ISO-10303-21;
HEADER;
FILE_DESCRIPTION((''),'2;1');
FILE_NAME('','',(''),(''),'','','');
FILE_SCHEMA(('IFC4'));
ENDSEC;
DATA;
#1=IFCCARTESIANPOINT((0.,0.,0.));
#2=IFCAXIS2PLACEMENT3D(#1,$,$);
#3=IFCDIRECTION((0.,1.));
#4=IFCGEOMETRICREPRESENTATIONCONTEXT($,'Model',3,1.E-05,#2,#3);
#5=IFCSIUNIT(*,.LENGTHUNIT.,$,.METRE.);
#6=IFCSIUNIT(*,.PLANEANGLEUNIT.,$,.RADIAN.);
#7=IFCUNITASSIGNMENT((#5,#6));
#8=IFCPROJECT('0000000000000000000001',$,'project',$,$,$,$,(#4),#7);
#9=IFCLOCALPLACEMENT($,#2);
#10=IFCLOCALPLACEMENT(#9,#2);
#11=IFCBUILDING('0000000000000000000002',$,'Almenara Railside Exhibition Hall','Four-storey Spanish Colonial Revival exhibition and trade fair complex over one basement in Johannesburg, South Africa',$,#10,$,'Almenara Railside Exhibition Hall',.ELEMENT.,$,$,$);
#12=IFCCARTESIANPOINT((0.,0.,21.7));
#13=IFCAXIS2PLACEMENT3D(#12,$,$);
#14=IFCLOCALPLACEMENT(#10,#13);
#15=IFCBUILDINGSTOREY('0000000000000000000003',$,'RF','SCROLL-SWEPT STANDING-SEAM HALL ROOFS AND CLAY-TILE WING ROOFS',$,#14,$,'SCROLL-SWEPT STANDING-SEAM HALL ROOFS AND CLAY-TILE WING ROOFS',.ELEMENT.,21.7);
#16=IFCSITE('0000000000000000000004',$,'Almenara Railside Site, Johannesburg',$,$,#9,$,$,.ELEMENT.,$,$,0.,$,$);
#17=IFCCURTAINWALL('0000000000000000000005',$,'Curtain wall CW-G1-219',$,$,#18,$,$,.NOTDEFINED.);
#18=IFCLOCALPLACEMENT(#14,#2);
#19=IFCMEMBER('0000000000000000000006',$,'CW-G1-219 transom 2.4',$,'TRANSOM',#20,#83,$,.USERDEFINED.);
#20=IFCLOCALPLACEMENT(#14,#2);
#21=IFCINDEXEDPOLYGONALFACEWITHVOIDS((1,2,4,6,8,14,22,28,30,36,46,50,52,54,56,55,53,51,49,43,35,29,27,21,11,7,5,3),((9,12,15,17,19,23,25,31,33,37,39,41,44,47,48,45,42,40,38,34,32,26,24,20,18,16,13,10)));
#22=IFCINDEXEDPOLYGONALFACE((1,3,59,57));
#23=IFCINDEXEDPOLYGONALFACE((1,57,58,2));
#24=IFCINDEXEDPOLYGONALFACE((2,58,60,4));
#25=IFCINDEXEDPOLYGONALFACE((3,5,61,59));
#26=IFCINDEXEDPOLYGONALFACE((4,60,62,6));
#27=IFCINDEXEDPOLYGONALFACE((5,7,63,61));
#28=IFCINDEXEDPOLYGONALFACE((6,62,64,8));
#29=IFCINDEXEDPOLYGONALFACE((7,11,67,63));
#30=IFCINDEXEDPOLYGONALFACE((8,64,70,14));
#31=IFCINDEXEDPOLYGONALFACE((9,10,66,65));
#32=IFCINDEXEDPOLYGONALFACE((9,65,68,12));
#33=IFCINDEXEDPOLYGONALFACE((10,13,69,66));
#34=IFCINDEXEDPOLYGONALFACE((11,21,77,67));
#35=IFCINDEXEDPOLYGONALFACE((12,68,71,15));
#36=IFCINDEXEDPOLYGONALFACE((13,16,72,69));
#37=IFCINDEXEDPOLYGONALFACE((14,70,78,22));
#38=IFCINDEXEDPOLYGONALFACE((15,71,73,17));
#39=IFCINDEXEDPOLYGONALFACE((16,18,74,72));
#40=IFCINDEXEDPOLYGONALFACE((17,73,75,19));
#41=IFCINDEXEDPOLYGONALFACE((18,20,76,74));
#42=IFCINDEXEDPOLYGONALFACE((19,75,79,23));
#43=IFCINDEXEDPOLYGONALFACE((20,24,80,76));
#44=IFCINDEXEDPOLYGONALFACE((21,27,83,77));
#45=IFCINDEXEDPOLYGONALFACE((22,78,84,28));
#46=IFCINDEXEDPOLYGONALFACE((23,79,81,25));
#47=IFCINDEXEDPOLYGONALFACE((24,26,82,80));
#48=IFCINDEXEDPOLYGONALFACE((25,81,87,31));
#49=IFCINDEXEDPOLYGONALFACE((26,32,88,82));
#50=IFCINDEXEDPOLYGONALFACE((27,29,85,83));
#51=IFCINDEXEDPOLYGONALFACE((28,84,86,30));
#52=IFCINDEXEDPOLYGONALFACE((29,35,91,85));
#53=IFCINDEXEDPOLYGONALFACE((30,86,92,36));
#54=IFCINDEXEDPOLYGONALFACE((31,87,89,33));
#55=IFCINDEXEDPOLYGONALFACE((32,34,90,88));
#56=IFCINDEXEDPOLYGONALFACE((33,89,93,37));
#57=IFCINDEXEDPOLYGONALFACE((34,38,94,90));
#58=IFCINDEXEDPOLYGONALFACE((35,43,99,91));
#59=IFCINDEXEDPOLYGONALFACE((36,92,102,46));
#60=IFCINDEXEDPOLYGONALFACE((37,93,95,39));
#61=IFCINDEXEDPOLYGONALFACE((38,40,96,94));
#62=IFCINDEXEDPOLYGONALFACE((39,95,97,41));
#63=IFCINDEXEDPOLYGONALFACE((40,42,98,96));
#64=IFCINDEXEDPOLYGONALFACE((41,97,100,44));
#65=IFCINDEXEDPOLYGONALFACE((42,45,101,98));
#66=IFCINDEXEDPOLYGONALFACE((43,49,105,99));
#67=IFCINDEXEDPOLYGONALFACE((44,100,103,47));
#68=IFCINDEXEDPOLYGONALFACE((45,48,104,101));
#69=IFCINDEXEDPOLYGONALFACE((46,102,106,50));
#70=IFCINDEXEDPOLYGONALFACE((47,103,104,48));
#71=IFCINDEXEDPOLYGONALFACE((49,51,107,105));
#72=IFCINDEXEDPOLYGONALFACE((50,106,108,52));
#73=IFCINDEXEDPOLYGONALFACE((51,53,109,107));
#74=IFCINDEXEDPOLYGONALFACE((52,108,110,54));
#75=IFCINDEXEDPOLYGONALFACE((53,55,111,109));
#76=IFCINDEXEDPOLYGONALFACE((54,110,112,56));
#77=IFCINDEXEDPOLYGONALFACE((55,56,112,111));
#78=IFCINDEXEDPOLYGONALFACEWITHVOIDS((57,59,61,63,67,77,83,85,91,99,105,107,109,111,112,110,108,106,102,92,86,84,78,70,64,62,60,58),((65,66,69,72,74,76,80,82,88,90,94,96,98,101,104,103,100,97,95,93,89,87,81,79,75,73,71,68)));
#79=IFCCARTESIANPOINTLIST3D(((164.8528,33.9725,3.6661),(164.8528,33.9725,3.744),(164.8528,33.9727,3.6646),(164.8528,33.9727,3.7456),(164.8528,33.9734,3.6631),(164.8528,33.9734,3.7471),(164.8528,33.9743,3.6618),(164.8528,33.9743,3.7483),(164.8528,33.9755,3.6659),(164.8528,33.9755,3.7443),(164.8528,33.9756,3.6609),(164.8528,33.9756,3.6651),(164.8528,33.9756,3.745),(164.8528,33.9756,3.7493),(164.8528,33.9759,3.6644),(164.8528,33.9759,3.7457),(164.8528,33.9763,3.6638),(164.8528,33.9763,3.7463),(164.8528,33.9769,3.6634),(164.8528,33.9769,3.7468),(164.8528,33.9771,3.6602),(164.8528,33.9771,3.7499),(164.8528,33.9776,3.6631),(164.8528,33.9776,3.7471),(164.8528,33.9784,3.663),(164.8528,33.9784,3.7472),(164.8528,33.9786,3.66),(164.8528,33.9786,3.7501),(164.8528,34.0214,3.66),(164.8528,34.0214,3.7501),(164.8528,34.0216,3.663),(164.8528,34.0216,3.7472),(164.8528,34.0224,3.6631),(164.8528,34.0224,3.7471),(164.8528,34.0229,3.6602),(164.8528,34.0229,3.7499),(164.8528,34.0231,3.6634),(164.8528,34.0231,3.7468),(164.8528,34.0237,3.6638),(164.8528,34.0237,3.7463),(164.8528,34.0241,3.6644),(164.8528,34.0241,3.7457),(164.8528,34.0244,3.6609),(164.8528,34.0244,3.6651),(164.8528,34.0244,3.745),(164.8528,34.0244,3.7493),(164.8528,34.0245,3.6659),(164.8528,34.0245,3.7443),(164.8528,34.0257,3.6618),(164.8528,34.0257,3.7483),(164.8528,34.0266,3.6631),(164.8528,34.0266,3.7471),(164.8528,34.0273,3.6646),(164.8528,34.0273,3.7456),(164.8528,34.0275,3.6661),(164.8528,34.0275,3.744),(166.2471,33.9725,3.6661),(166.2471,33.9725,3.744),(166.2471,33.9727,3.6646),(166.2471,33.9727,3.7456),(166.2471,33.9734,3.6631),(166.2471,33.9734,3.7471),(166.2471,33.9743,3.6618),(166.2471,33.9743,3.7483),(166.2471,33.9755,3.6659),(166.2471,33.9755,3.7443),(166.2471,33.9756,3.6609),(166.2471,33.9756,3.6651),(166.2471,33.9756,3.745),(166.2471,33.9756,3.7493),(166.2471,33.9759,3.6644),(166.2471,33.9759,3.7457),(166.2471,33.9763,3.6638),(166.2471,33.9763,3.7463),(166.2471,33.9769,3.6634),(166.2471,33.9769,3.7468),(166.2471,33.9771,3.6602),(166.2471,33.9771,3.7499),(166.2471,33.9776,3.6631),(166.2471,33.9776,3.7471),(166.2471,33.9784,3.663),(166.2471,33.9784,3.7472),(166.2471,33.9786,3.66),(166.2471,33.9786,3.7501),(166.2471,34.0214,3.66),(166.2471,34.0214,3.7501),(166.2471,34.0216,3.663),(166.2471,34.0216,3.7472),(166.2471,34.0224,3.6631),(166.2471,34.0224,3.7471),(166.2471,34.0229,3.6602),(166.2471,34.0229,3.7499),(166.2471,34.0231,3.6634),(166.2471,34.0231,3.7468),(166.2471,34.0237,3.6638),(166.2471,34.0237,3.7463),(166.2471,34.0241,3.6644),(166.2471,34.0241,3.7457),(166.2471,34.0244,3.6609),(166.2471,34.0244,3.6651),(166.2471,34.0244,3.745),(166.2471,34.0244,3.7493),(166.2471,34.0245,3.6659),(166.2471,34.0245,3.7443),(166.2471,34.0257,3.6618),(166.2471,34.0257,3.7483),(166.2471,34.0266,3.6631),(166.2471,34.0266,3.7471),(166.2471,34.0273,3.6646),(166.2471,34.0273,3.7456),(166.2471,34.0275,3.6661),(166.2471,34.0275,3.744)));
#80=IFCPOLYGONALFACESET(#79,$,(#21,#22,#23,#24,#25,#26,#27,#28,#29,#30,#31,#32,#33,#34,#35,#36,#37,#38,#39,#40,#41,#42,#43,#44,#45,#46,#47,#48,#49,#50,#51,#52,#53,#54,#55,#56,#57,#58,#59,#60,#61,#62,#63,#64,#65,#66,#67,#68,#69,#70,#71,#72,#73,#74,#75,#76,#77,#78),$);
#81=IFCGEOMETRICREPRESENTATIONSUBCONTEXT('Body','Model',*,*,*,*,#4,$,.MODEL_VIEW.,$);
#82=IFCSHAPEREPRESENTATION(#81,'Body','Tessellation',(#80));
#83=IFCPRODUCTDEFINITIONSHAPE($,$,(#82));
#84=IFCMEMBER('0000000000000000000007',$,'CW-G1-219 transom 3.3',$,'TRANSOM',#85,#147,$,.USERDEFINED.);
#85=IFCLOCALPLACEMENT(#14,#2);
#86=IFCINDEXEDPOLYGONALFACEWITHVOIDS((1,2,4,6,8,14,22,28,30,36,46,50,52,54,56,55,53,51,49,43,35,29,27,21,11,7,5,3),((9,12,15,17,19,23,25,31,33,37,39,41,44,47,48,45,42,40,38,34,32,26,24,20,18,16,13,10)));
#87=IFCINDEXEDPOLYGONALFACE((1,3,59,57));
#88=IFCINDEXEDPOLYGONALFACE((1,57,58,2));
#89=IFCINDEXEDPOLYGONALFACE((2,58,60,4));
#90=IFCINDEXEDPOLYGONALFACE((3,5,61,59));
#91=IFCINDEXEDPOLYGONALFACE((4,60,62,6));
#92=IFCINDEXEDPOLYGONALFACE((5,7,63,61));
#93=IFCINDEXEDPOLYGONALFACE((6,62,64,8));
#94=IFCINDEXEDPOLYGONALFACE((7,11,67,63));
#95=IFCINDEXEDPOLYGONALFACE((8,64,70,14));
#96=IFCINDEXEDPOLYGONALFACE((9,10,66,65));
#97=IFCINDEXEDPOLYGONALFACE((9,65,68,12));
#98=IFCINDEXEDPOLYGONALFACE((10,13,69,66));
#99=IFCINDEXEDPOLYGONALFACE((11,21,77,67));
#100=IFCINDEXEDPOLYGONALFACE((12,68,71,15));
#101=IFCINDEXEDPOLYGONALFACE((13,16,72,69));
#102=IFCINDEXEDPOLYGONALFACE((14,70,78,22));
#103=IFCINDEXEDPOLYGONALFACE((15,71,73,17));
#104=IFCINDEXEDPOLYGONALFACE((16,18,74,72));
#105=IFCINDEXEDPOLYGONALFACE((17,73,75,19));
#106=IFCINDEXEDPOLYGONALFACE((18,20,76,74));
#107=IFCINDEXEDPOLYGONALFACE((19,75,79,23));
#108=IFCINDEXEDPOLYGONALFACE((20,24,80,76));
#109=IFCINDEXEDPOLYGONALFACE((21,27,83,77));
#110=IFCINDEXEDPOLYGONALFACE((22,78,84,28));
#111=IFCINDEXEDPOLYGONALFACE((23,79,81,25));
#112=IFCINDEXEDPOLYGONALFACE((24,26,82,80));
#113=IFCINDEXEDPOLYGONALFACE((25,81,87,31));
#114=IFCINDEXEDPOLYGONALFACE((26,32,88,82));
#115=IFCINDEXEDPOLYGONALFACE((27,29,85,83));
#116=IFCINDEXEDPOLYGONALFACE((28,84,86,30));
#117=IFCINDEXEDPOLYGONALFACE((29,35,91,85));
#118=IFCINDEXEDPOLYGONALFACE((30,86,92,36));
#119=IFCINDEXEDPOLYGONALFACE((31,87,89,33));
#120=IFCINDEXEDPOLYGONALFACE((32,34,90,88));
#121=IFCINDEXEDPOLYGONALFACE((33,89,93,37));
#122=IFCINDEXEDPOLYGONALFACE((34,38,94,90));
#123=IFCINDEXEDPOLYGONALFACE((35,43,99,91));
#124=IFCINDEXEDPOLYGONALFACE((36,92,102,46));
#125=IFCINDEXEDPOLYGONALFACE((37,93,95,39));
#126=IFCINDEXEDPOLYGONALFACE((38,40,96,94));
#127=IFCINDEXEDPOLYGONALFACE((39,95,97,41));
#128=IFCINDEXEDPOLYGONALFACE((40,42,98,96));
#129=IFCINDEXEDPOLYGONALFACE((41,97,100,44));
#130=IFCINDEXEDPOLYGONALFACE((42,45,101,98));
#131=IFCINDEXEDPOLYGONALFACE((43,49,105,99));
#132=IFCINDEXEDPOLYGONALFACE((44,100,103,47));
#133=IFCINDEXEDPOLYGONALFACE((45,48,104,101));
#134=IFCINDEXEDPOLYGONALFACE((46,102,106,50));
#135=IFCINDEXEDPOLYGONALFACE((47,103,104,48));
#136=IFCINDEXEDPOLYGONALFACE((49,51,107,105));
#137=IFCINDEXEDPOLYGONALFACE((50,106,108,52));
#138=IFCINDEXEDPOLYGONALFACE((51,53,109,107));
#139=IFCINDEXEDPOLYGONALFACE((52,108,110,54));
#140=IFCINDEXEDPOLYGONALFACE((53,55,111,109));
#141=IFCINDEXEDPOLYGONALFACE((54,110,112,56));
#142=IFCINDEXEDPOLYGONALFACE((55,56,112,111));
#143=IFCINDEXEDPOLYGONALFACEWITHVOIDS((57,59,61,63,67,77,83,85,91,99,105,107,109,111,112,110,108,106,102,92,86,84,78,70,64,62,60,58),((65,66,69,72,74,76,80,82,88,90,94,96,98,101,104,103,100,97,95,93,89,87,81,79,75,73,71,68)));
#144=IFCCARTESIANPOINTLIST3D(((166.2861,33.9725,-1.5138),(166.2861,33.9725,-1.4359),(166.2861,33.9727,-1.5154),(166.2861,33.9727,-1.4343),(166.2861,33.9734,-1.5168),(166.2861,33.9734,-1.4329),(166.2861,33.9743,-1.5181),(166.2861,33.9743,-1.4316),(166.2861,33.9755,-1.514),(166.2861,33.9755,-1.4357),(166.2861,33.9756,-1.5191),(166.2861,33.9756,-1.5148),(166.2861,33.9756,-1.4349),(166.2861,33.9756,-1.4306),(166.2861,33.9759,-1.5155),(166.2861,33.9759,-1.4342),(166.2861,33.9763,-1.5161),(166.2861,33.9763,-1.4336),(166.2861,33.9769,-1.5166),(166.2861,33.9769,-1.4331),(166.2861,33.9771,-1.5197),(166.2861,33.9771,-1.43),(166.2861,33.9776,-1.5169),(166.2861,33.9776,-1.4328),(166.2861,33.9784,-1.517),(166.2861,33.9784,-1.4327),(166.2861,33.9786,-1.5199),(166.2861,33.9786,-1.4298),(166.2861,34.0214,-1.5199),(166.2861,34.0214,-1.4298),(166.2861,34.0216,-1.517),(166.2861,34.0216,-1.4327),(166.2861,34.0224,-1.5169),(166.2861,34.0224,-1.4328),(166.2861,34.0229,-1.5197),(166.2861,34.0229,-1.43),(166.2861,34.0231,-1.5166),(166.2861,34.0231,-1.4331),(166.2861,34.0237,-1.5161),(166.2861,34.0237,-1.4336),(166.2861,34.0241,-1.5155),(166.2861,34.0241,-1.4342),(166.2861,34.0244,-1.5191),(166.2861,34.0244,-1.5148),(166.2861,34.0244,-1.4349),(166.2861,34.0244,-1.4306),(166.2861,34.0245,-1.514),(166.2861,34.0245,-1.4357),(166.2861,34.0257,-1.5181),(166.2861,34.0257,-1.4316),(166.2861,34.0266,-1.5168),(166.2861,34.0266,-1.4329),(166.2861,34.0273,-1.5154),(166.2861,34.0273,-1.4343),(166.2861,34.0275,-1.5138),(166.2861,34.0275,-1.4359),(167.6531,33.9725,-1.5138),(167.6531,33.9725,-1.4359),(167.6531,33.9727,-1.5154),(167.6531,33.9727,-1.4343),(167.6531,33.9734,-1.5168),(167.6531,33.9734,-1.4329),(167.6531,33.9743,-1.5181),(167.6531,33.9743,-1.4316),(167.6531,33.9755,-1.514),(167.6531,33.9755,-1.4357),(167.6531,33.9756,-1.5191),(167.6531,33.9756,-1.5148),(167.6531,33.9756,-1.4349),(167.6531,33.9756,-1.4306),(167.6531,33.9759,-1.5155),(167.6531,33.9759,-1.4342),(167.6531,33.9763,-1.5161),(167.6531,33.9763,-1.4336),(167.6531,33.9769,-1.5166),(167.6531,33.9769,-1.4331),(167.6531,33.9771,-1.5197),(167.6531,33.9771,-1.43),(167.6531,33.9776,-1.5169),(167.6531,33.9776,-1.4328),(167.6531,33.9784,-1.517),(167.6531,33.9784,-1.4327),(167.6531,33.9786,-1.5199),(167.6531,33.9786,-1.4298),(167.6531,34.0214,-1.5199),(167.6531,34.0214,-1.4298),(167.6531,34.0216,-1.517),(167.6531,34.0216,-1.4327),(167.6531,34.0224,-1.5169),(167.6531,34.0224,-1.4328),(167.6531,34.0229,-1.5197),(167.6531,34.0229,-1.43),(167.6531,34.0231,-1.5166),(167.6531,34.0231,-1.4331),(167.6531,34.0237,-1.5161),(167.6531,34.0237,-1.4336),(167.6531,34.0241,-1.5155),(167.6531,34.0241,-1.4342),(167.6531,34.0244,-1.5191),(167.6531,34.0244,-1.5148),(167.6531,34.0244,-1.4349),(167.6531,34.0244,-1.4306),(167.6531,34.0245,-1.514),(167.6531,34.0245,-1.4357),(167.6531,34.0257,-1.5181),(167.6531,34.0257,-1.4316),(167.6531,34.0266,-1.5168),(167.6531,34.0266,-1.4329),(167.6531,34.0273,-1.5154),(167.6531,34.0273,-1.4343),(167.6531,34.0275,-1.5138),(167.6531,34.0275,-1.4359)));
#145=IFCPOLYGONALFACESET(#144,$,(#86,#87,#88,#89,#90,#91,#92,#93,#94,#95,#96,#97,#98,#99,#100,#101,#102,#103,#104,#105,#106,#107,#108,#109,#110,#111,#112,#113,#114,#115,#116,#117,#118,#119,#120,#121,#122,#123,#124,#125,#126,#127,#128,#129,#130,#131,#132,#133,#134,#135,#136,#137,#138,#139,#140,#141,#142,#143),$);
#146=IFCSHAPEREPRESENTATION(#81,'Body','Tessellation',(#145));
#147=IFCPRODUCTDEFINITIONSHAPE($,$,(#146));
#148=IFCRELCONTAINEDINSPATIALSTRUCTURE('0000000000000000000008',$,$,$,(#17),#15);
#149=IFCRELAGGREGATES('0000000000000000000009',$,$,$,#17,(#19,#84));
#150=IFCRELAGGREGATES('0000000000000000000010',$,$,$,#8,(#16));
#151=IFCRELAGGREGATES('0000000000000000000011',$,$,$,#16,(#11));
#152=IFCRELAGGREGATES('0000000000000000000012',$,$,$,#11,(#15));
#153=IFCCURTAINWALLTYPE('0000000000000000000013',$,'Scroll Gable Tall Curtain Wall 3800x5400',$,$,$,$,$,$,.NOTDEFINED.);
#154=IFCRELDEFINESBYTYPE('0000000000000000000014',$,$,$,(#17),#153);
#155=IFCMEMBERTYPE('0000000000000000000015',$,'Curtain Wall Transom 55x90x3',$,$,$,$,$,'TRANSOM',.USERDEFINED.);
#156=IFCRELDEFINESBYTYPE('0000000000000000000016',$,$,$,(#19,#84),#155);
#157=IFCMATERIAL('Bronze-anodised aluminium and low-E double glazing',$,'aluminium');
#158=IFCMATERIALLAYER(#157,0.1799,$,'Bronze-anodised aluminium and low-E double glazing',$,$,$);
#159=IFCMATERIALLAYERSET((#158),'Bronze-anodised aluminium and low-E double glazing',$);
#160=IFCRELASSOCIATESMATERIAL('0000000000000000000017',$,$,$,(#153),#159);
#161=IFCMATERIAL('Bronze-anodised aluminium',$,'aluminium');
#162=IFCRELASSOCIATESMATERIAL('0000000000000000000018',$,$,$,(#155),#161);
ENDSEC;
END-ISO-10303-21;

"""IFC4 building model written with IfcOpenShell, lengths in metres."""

from ifc_helpers import new_model, si_unit, direction, frame, origin, origin_2d, place, context, subcontext, project, spatial, hollow_rectangle, extrude, material, layer, layer_set, material_profile, profile_set, type_object, element, aggregate, save


model = new_model("IFC4")

# Units and contexts
model_context = context("Model", 3, precision=1e-05, world=origin(), true_north=direction((0.0, 1.0)))
body_context = subcontext(model_context, "Body", "Model", "MODEL_VIEW")
ifc_project = project(units=[si_unit("LENGTHUNIT", "METRE"), si_unit("PLANEANGLEUNIT", "RADIAN")], contexts=[model_context])

# Site, building, storey
site_placement = place(None, origin())
site = spatial("IfcSite", under=ifc_project, at=site_placement, Name="Almenara Railside Site, Johannesburg", CompositionType="ELEMENT", RefElevation=0.0)
building_placement = place(site_placement, origin())
building = spatial("IfcBuilding", under=site, at=building_placement, Name="Almenara Railside Exhibition Hall", Description="Four-storey Spanish Colonial Revival exhibition and trade fair complex over one basement in Johannesburg, South Africa", LongName="Almenara Railside Exhibition Hall", CompositionType="ELEMENT")
storey_placement = place(building_placement, frame((0.0, 0.0, 21.7)))
storey = spatial("IfcBuildingStorey", under=building, at=storey_placement, Name="RF", Description="SCROLL-SWEPT STANDING-SEAM HALL ROOFS AND CLAY-TILE WING ROOFS", LongName="SCROLL-SWEPT STANDING-SEAM HALL ROOFS AND CLAY-TILE WING ROOFS", CompositionType="ELEMENT", Elevation=21.7)

# Curtain wall, members
ifc_material_1 = material(Name="Bronze-anodised aluminium and low-E double glazing", Category="aluminium")
ifc_layer_1 = layer(ifc_material_1, 0.1799, Name="Bronze-anodised aluminium and low-E double glazing")
ifc_layer_set_1 = layer_set([ifc_layer_1], Name="Bronze-anodised aluminium and low-E double glazing")
curtain_wall_type = type_object("IfcCurtainWallType", Name="Scroll Gable Tall Curtain Wall 3800x5400", PredefinedType="NOTDEFINED", material=ifc_layer_set_1)
curtain_wall_1_placement = place(storey_placement, origin())
curtain_wall_1 = element("IfcCurtainWall", 1, at=curtain_wall_1_placement, inside=storey, type_object=curtain_wall_type, Name="Curtain wall CW-G1-219", PredefinedType="NOTDEFINED")
ifc_material_2 = material(Name="Bronze-anodised aluminium", Category="aluminium")
ifc_material_profile_1 = material_profile(ifc_material_2, hollow_rectangle(XDim=0.0549, YDim=0.0901, WallThickness=0.0029, InnerFilletRadius=0.0029, OuterFilletRadius=0.0061, at=origin_2d()), Name="ALU-TRN 55x90x3")
ifc_profile_set_1 = profile_set([ifc_material_profile_1], Name="Bronze-anodised aluminium")
member_type_1 = type_object("IfcMemberType", Name="Curtain Wall Transom 55x90x3", ElementType="TRANSOM", PredefinedType="USERDEFINED", material=ifc_profile_set_1)
member_1_placement = place(storey_placement, frame((164.8528, 34.0, 3.7051), z_axis=(1.0, 0.0, 0.0), x_axis=(0.0, 1.0, 0.0)))
member_1 = element("IfcMember", 2, at=member_1_placement, type_object=member_type_1, Name="CW-G1-219 transom 2.4", ObjectType="TRANSOM", PredefinedType="USERDEFINED", context=body_context, shape_type="SweptSolid", body=[
    extrude(hollow_rectangle(XDim=0.0549, YDim=0.0901, WallThickness=0.0029, InnerFilletRadius=0.0029, OuterFilletRadius=0.0061, at=origin_2d()), origin(), (0.0, 0.0, 1.0), 1.3943),
])
member_2_placement = place(storey_placement, frame((166.2861, 34.0, -1.4749), z_axis=(1.0, 0.0, 0.0), x_axis=(0.0, 1.0, 0.0)))
member_2 = element("IfcMember", 3, at=member_2_placement, type_object=member_type_1, Name="CW-G1-219 transom 3.3", ObjectType="TRANSOM", PredefinedType="USERDEFINED", context=body_context, shape_type="SweptSolid", body=[
    extrude(hollow_rectangle(XDim=0.0549, YDim=0.0901, WallThickness=0.0029, InnerFilletRadius=0.0029, OuterFilletRadius=0.0061, at=origin_2d()), origin(), (0.0, 0.0, 1.0), 1.3669),
])

aggregate(curtain_wall_1, [member_1, member_2])

save(model, "model.ifc")
